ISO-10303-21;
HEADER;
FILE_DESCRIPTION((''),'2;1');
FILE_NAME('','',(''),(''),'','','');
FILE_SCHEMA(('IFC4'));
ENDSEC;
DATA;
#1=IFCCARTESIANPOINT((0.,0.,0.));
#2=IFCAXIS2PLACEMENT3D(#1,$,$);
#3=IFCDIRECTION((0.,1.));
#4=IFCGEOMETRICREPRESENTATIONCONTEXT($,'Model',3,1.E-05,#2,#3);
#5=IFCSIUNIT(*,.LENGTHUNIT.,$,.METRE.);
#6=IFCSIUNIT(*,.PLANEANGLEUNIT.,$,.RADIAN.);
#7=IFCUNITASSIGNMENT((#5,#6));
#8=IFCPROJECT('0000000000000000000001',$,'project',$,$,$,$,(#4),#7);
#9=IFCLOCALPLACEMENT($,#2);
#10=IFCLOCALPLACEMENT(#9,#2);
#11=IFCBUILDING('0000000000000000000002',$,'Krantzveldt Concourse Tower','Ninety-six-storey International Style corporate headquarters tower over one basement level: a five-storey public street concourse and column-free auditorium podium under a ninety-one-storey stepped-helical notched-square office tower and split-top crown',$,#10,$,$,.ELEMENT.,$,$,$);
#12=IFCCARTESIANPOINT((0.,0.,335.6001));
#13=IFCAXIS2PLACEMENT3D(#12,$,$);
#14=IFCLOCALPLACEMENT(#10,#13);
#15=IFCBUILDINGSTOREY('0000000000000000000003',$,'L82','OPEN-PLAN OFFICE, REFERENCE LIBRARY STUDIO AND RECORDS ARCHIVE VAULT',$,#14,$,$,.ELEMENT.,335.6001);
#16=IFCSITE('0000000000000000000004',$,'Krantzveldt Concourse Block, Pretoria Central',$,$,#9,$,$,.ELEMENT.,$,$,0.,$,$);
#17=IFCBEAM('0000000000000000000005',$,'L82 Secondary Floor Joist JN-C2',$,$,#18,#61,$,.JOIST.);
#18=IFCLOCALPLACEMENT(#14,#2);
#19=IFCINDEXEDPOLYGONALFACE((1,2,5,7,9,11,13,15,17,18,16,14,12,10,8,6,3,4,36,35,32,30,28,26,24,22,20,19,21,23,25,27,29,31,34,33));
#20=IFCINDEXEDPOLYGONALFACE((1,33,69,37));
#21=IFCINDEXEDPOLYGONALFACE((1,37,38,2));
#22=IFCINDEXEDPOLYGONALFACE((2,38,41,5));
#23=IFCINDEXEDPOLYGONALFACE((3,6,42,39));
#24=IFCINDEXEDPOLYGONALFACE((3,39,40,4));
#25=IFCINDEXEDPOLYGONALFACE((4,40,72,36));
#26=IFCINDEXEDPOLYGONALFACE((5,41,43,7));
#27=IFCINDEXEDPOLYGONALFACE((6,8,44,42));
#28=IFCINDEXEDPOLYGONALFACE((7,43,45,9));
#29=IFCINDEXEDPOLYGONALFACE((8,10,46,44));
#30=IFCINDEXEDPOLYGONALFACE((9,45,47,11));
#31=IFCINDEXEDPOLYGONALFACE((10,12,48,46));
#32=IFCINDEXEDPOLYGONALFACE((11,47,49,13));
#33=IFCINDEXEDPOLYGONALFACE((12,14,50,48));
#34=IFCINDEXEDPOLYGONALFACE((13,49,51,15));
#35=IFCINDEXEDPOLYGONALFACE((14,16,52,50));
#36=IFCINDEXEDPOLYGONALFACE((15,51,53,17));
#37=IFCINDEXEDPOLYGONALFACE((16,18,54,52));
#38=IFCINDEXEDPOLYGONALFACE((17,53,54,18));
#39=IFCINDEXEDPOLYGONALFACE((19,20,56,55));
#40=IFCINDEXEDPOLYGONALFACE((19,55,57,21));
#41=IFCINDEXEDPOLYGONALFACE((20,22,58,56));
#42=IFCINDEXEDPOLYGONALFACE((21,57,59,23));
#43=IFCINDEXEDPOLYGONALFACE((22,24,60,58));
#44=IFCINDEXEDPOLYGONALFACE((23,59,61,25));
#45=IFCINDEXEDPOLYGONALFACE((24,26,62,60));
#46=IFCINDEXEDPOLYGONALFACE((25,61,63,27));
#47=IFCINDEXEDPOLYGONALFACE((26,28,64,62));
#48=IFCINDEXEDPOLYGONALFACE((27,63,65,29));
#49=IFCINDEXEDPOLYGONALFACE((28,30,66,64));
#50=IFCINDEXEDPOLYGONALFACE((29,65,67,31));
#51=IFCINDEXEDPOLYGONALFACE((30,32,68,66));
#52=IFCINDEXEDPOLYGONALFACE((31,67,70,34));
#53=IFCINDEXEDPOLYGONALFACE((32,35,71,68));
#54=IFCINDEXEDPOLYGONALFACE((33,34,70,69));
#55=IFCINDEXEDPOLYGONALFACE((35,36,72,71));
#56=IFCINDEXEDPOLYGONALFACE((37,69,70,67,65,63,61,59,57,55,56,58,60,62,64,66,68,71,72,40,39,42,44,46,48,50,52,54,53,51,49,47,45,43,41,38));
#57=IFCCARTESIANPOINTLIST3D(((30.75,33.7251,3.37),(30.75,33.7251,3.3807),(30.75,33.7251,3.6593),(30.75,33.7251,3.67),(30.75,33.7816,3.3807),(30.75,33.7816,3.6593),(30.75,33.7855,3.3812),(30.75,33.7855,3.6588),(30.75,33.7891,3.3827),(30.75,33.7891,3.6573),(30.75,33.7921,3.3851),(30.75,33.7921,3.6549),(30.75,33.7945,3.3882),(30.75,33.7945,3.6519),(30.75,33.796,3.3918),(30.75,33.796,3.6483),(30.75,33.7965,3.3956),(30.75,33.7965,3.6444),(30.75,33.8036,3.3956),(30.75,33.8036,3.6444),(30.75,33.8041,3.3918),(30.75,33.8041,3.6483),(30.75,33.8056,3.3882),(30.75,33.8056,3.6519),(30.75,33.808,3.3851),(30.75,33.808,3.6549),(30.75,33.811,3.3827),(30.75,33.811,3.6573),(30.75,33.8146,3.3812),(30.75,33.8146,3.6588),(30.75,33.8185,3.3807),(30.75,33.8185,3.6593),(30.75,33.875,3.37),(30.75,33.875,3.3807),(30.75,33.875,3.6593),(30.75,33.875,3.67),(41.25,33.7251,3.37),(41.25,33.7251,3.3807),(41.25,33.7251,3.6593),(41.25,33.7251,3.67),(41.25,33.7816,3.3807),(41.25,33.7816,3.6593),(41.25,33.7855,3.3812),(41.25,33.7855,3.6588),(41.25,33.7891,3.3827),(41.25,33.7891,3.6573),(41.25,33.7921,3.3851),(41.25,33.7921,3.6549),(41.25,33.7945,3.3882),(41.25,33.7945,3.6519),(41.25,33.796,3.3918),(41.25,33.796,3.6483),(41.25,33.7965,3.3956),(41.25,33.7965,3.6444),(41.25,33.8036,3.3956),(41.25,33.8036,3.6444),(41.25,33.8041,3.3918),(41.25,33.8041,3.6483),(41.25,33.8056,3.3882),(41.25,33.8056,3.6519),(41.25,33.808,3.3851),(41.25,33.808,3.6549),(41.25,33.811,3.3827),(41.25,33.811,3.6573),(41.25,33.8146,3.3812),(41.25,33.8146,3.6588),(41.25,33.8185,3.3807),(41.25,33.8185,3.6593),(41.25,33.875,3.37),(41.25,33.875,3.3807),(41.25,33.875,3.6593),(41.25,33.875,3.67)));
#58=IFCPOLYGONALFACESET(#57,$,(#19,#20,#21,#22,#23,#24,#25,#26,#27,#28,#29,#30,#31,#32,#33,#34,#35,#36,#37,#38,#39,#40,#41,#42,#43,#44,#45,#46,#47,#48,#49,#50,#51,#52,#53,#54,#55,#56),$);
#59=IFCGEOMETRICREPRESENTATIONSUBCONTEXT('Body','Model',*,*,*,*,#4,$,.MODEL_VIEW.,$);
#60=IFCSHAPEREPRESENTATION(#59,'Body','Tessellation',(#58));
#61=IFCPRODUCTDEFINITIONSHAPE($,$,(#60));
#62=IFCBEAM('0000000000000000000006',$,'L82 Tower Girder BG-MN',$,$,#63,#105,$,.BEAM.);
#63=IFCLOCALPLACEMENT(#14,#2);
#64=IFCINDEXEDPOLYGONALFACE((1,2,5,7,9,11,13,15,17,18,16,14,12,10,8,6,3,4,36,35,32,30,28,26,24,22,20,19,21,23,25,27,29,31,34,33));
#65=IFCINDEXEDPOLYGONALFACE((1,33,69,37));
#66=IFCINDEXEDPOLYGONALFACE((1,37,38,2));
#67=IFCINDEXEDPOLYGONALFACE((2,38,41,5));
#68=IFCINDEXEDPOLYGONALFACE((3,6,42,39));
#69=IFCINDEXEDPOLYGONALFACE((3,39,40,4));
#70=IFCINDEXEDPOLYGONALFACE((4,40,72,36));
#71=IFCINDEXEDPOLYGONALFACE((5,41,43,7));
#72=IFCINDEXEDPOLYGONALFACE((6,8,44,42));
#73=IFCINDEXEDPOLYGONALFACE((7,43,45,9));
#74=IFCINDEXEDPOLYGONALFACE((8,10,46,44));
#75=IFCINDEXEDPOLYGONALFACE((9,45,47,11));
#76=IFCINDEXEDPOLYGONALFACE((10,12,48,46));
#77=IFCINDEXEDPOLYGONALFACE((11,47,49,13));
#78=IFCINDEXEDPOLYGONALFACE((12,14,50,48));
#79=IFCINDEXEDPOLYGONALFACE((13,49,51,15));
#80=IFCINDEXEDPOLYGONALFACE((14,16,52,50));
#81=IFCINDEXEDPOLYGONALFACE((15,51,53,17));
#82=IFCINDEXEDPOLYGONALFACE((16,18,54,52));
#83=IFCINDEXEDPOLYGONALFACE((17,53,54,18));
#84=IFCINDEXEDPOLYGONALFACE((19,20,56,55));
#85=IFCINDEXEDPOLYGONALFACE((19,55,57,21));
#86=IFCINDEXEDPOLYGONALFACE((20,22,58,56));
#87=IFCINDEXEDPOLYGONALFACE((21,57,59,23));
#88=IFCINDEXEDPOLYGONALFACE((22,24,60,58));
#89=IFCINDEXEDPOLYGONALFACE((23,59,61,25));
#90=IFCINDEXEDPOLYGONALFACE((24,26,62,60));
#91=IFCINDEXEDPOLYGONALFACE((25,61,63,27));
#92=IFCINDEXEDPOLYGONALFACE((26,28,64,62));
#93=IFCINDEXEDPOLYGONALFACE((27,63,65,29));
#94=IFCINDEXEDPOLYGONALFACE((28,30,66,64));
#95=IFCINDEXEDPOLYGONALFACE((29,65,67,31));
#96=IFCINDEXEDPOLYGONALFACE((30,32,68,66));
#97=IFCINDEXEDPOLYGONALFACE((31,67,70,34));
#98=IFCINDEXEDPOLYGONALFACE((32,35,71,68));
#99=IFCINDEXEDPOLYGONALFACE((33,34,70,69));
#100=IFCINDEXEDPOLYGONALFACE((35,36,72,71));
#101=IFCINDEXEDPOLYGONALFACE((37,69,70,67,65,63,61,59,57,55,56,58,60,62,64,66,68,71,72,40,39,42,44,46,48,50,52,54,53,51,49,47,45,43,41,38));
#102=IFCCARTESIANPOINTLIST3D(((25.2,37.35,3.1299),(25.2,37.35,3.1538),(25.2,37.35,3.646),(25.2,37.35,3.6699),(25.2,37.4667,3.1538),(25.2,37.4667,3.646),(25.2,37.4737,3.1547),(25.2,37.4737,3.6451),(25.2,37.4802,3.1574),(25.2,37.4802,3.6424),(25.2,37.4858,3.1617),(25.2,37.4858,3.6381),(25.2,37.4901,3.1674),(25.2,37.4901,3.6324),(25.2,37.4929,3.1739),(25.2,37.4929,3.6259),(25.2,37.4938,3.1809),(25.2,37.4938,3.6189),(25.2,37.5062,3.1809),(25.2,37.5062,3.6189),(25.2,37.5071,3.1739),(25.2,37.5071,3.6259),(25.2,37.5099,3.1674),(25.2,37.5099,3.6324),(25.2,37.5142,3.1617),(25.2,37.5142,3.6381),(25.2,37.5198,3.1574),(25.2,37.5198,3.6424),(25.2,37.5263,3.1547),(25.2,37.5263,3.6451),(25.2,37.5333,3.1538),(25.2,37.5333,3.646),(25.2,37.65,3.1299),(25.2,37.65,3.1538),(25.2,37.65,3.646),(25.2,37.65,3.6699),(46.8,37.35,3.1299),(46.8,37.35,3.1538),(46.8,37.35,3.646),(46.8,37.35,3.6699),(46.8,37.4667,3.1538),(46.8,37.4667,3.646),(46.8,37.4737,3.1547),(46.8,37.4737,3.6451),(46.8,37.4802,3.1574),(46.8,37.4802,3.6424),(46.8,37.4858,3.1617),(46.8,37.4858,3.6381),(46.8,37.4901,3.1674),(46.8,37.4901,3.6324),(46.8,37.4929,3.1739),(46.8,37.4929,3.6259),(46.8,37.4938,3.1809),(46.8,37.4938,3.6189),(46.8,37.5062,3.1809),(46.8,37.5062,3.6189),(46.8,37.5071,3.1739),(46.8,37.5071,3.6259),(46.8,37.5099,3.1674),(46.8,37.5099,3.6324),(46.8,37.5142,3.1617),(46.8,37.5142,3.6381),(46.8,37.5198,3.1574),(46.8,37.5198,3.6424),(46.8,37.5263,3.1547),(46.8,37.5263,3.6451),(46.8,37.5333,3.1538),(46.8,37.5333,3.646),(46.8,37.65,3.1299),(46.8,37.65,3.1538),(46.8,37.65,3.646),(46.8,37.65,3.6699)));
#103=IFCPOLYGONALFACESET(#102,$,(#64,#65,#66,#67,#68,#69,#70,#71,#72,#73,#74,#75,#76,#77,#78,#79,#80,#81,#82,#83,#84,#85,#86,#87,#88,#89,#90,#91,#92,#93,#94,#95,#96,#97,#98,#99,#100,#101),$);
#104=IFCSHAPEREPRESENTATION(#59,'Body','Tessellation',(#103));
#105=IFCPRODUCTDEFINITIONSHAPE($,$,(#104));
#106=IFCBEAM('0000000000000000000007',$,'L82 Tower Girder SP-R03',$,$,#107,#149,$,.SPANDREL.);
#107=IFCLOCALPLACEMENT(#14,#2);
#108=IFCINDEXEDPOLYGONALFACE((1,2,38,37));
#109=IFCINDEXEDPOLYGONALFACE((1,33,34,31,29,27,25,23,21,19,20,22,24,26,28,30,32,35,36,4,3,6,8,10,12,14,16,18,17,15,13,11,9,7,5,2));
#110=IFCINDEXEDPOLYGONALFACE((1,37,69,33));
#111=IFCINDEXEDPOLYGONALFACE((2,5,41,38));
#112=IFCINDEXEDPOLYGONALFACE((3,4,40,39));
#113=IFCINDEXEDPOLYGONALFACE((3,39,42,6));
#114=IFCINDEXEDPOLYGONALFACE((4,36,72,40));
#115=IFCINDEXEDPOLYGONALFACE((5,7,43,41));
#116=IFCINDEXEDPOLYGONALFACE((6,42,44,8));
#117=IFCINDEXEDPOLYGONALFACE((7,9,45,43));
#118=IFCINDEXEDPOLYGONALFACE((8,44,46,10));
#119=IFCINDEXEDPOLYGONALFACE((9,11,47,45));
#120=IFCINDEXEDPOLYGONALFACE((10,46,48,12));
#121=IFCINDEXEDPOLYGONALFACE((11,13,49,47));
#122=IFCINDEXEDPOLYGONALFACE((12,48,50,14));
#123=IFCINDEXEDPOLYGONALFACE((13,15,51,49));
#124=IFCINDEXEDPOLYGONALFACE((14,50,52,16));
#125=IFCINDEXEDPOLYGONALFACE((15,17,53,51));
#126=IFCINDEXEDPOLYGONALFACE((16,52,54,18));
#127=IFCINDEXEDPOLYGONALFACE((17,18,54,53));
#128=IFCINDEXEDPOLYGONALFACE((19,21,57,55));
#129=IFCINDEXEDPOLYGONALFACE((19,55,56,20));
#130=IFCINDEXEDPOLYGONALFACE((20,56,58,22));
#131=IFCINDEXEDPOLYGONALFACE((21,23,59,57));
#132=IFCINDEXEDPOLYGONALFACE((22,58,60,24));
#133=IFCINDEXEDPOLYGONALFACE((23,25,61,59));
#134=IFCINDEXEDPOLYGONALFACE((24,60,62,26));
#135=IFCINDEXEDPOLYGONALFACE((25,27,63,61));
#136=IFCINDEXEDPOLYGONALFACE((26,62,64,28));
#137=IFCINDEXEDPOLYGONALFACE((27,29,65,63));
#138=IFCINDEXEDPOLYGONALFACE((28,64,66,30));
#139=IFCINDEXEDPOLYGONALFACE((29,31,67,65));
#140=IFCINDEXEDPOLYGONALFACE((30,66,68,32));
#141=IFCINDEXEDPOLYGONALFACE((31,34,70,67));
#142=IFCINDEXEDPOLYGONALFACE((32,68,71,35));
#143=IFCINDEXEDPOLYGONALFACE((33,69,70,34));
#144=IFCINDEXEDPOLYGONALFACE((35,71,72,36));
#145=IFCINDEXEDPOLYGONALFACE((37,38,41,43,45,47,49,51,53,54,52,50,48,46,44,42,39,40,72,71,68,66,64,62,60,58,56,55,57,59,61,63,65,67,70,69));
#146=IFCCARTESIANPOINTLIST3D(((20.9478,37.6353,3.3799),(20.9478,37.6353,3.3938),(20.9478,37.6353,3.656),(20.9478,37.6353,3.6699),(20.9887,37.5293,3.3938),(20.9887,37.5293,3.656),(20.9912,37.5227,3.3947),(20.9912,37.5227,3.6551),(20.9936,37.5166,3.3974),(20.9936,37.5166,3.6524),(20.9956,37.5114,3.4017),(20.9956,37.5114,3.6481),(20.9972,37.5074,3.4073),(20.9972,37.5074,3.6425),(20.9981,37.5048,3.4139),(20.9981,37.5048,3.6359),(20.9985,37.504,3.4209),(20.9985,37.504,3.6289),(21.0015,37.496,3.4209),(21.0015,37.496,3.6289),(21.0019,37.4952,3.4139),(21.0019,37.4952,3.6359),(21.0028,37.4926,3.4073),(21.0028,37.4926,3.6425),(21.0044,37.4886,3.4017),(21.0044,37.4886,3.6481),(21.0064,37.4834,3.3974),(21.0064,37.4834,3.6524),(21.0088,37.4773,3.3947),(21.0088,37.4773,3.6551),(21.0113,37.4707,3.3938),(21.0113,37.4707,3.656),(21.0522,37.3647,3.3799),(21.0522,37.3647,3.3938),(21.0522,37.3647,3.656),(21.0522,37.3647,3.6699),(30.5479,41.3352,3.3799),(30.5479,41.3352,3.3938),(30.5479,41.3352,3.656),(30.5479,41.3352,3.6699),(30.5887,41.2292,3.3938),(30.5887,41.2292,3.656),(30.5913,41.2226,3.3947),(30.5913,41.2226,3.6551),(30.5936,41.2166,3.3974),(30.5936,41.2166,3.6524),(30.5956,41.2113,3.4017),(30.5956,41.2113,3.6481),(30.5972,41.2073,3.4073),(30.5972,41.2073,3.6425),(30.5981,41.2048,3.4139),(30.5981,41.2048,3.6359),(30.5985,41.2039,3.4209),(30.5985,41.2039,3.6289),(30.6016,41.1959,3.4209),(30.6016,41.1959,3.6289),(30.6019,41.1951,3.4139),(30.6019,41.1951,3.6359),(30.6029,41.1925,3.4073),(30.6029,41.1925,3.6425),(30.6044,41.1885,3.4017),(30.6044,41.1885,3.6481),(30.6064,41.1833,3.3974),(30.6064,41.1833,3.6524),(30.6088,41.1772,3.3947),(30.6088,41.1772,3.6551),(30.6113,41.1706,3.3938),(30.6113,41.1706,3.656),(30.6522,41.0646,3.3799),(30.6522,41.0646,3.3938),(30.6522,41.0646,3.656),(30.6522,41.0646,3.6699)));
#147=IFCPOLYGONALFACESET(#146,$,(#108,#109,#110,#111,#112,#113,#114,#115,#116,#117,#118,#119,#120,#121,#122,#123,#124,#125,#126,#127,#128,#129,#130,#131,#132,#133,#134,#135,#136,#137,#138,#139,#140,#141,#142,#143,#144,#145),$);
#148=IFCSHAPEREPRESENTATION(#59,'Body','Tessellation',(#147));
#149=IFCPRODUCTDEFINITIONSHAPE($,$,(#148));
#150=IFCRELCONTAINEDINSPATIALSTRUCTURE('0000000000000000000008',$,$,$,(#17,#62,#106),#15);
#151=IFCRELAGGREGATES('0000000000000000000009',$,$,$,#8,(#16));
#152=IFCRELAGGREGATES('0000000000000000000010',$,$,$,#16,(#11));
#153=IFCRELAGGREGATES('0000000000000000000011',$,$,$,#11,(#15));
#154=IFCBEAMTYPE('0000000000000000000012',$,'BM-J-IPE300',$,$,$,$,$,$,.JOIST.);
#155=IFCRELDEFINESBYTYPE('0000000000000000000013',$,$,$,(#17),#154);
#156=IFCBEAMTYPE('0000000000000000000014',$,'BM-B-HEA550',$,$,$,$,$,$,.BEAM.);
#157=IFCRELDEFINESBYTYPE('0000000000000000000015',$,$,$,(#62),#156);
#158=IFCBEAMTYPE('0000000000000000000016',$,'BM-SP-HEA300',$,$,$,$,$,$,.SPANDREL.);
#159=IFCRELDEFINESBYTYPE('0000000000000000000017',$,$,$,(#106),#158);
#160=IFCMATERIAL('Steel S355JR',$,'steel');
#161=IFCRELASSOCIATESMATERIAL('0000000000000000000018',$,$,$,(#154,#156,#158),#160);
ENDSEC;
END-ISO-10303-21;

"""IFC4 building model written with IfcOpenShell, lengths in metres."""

from ifc_helpers import new_model, si_unit, direction, frame, origin, origin_2d, place, context, subcontext, project, spatial, i_section, extrude, source, transform, mapped, material, material_profile, profile_set, type_object, type_shapes, element, save


model = new_model("IFC4")

# Units and contexts
model_context = context("Model", 3, precision=1e-05, world=origin(), true_north=direction((0.0, 1.0)))
body_context = subcontext(model_context, "Body", "Model", "MODEL_VIEW")
ifc_project = project(units=[si_unit("LENGTHUNIT", "METRE"), si_unit("PLANEANGLEUNIT", "RADIAN")], contexts=[model_context])

# Site, building, storey
site_placement = place(None, origin())
site = spatial("IfcSite", under=ifc_project, at=site_placement, Name="Krantzveldt Concourse Block, Pretoria Central", CompositionType="ELEMENT", RefElevation=0.0)
building_placement = place(site_placement, origin())
building = spatial("IfcBuilding", under=site, at=building_placement, Name="Krantzveldt Concourse Tower", Description="Ninety-six-storey International Style corporate headquarters tower over one basement level: a five-storey public street concourse and column-free auditorium podium under a ninety-one-storey stepped-helical notched-square office tower and split-top crown", CompositionType="ELEMENT")
storey_placement = place(building_placement, frame((0.0, 0.0, 335.6001)))
storey = spatial("IfcBuildingStorey", under=building, at=storey_placement, Name="L82", Description="OPEN-PLAN OFFICE, REFERENCE LIBRARY STUDIO AND RECORDS ARCHIVE VAULT", CompositionType="ELEMENT", Elevation=335.6001)

# Beams
ifc_material_1 = material(Name="Steel S355JR", Category="steel")
ifc_material_profile_1 = material_profile(ifc_material_1, i_section(OverallWidth=0.1499, OverallDepth=0.3, WebThickness=0.0071, FlangeThickness=0.0107, FilletRadius=0.0149, at=origin_2d()), Name="Steel S355JR", Category="steel")
ifc_profile_set_1 = profile_set([ifc_material_profile_1], Name="Steel S355JR - IPE 300")
beam_type_1 = type_object("IfcBeamType", Name="BM-J-IPE300", PredefinedType="JOIST", material=ifc_profile_set_1)
shared_shape_1 = source(origin(), body_context, "Body", "SweptSolid", [
    extrude(i_section(OverallWidth=0.1499, OverallDepth=0.3, WebThickness=0.0071, FlangeThickness=0.0107, FilletRadius=0.0149, at=origin_2d()), origin(), (0.0, 0.0, 1.0), 10.5),
])
beam_1_placement = place(storey_placement, frame((30.75, 33.8, 3.52), z_axis=(1.0, 0.0, 0.0), x_axis=(0.0, 1.0, 0.0)))
element("IfcBeam", 1, at=beam_1_placement, inside=storey, type_object=beam_type_1, Name="L82 Secondary Floor Joist JN-C2", PredefinedType="JOIST", context=body_context, shape_type="MappedRepresentation", body=[
    mapped(shared_shape_1, transform((0.0, 0.0, 0.0), x_axis=(1.0, 0.0, 0.0), y_axis=(0.0, 1.0, 0.0), z_axis=(0.0, 0.0, 1.0), scale=1.0)),
])
ifc_material_profile_2 = material_profile(ifc_material_1, i_section(OverallWidth=0.3, OverallDepth=0.54, WebThickness=0.0125, FlangeThickness=0.0239, FilletRadius=0.0271, at=origin_2d()), Name="Steel S355JR", Category="steel")
ifc_profile_set_2 = profile_set([ifc_material_profile_2], Name="Steel S355JR - HEA 550")
beam_type_2 = type_object("IfcBeamType", Name="BM-B-HEA550", PredefinedType="BEAM", material=ifc_profile_set_2)
shared_shape_2 = source(origin(), body_context, "Body", "SweptSolid", [
    extrude(i_section(OverallWidth=0.3, OverallDepth=0.54, WebThickness=0.0125, FlangeThickness=0.0239, FilletRadius=0.0271, at=origin_2d()), origin(), (0.0, 0.0, 1.0), 21.6001),
])
type_shapes(beam_type_2, [shared_shape_2])
beam_2_placement = place(storey_placement, frame((25.2, 37.5, 3.3999), z_axis=(1.0, 0.0, 0.0), x_axis=(0.0, 1.0, 0.0)))
element("IfcBeam", 2, at=beam_2_placement, inside=storey, type_object=beam_type_2, Name="L82 Tower Girder BG-MN", PredefinedType="BEAM", context=body_context, shape_type="MappedRepresentation", body=[
    mapped(shared_shape_2, transform((0.0, 0.0, 0.0), x_axis=(1.0, 0.0, 0.0), y_axis=(0.0, 1.0, 0.0), z_axis=(0.0, 0.0, 1.0), scale=1.0)),
])
ifc_material_profile_3 = material_profile(ifc_material_1, i_section(OverallWidth=0.29, OverallDepth=0.29, WebThickness=0.0085, FlangeThickness=0.0139, FilletRadius=0.0271, at=origin_2d()), Name="Steel S355JR", Category="steel")
ifc_profile_set_3 = profile_set([ifc_material_profile_3], Name="Steel S355JR - HEA 300")
beam_type_3 = type_object("IfcBeamType", Name="BM-SP-HEA300", PredefinedType="SPANDREL", material=ifc_profile_set_3)
shared_shape_3 = source(origin(), body_context, "Body", "SweptSolid", [
    extrude(i_section(OverallWidth=0.29, OverallDepth=0.29, WebThickness=0.0085, FlangeThickness=0.0139, FilletRadius=0.0271, at=origin_2d()), origin(), (0.0, 0.0, 1.0), 10.2883),
])
beam_3_placement = place(storey_placement, frame((21.0, 37.5, 3.5249), z_axis=(0.933098, 0.359623, 0.0), x_axis=(-0.359623, 0.933098, 0.0)))
element("IfcBeam", 3, at=beam_3_placement, inside=storey, type_object=beam_type_3, Name="L82 Tower Girder SP-R03", PredefinedType="SPANDREL", context=body_context, shape_type="MappedRepresentation", body=[
    mapped(shared_shape_3, transform((0.0, 0.0, 0.0), x_axis=(1.0, 0.0, 0.0), y_axis=(0.0, 1.0, 0.0), z_axis=(0.0, 0.0, 1.0), scale=1.0)),
])

save(model, "model.ifc")
